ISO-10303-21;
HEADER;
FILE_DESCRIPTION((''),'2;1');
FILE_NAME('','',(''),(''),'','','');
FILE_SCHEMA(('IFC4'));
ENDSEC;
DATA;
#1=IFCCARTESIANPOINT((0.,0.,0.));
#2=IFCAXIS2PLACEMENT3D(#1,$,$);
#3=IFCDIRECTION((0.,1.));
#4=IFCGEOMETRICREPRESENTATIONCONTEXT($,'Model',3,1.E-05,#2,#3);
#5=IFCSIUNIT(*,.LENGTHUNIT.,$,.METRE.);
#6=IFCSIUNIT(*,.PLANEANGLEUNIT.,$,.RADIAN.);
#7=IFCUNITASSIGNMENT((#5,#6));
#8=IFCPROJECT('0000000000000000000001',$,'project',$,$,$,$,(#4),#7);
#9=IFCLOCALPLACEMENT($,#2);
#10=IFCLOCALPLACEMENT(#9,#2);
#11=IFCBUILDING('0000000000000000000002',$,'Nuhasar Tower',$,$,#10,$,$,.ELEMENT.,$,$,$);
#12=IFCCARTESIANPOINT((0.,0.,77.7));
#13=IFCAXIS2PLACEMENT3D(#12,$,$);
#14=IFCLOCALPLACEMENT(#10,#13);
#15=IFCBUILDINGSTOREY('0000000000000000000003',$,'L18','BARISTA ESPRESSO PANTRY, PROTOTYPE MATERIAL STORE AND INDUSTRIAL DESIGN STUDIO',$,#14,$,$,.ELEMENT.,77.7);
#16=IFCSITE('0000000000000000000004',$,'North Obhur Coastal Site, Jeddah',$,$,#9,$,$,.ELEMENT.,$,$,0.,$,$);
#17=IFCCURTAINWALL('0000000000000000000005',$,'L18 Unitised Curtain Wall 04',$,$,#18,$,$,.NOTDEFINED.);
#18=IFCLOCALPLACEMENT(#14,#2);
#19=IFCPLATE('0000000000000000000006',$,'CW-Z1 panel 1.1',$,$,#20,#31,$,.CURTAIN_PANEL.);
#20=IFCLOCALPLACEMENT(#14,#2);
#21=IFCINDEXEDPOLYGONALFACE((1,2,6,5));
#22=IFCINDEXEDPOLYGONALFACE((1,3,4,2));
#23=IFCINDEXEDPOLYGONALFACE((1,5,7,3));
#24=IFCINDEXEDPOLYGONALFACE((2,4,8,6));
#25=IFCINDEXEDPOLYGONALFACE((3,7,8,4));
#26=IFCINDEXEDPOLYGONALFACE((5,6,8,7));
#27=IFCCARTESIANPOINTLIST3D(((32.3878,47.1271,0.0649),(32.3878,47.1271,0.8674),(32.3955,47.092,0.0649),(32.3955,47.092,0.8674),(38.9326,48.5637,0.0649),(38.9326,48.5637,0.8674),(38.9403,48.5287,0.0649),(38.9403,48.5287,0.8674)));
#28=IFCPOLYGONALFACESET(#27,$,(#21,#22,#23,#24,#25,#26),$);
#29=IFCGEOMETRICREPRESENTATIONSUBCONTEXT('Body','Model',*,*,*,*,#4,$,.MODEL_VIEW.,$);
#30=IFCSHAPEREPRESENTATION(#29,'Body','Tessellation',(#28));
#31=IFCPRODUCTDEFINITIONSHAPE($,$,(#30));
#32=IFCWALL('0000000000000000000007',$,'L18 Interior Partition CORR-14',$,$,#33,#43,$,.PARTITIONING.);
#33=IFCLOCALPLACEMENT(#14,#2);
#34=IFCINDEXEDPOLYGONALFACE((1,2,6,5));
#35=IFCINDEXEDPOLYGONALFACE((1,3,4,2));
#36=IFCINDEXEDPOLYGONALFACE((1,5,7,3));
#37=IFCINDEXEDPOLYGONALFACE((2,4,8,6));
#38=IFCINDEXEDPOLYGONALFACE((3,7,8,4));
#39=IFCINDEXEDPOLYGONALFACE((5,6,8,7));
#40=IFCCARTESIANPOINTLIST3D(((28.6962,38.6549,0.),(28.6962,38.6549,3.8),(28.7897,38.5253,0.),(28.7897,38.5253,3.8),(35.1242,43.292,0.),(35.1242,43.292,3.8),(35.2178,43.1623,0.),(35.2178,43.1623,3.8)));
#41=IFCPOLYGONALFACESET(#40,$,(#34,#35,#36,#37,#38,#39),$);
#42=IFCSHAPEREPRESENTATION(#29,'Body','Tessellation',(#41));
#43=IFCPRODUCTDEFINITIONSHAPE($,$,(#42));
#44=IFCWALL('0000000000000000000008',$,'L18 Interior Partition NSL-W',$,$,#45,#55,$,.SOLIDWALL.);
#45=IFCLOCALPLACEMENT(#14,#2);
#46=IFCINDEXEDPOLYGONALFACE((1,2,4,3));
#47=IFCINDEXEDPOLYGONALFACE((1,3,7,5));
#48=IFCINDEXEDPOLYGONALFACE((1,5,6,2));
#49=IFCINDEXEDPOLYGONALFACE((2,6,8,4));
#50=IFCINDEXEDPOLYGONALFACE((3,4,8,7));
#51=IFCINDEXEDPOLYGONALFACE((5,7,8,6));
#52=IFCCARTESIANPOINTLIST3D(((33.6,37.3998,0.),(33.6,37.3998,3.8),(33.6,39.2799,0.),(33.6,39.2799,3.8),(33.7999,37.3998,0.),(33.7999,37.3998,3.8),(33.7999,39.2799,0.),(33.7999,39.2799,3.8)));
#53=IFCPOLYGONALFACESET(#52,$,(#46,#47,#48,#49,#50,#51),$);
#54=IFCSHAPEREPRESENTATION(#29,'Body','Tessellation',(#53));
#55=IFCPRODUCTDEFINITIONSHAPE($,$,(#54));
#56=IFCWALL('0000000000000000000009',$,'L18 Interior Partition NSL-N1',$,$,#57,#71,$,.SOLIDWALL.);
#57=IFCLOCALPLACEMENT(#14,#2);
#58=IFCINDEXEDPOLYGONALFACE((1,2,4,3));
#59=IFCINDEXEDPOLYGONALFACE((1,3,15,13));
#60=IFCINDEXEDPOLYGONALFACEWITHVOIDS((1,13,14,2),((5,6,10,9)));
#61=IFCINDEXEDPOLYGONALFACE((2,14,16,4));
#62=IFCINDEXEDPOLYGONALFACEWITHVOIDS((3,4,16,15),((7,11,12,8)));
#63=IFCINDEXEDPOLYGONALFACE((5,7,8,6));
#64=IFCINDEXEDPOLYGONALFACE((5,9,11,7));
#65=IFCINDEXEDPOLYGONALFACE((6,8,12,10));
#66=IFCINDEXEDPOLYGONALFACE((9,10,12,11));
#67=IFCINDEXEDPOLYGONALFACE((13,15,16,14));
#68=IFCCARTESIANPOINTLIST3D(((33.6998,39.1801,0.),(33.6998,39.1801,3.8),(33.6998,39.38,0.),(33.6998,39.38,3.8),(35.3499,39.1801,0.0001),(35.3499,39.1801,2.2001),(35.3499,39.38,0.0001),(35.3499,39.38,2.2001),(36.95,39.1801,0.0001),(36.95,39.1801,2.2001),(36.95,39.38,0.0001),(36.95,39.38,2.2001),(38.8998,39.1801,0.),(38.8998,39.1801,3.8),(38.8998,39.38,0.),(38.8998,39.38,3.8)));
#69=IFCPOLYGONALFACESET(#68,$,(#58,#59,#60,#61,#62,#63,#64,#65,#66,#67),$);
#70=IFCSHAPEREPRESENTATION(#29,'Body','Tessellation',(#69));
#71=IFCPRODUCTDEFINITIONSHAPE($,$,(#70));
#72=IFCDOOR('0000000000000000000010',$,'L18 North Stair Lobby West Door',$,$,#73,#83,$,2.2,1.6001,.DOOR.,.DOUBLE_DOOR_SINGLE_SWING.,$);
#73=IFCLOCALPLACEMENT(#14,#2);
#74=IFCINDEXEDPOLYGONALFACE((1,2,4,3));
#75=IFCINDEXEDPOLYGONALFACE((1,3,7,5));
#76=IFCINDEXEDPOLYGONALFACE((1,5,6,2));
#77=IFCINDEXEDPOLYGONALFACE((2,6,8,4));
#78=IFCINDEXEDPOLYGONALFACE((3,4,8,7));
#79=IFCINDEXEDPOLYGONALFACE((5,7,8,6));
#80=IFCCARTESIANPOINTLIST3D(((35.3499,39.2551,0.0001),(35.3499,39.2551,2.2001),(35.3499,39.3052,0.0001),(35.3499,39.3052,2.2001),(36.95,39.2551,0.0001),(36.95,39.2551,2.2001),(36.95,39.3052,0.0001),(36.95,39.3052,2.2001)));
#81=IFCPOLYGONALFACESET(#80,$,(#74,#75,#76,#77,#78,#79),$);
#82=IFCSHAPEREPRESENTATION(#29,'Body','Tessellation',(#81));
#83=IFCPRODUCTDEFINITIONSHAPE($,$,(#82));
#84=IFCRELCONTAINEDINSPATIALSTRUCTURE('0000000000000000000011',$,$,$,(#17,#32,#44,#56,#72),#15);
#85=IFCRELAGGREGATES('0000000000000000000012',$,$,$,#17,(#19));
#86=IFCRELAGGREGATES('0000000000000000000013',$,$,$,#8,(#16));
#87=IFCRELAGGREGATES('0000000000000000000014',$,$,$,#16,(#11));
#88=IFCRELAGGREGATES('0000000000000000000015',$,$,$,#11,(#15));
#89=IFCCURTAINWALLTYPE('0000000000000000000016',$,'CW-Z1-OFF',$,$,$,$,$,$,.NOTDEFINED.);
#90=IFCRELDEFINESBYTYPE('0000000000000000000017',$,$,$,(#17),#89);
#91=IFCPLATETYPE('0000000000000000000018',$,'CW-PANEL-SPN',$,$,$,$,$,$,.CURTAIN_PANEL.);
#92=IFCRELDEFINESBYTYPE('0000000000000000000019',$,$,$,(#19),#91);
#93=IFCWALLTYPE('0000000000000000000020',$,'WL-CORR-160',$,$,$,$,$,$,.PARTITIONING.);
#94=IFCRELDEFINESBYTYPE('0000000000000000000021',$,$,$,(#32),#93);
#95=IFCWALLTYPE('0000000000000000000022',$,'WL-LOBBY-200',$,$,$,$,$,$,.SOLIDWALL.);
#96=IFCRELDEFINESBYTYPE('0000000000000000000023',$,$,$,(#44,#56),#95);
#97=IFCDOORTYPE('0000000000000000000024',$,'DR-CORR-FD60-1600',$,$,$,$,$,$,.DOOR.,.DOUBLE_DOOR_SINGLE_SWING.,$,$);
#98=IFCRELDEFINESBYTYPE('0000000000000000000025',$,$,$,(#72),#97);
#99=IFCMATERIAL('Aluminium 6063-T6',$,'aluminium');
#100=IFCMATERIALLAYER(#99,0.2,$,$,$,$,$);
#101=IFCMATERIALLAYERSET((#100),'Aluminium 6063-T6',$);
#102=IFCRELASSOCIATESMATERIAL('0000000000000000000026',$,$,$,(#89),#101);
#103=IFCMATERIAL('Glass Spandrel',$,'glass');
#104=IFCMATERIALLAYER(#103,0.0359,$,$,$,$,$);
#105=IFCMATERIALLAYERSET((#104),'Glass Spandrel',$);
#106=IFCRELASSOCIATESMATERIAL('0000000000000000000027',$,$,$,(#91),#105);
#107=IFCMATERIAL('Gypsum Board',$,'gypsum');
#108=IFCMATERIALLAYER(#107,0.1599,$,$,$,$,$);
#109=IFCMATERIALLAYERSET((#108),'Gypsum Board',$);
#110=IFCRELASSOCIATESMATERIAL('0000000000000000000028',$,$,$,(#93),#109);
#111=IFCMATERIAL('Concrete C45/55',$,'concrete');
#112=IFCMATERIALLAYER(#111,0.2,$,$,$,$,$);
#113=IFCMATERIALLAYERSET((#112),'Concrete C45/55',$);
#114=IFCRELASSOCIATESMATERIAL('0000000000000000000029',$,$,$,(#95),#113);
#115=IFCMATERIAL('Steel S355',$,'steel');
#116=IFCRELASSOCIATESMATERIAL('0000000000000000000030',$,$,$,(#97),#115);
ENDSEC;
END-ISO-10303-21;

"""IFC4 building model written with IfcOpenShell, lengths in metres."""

from ifc_helpers import new_model, si_unit, direction, frame, frame_2d, origin, origin_2d, place, context, subcontext, project, spatial, rectangle, extrude, material, layer, layer_set, type_object, element, fill, aggregate, save


model = new_model("IFC4")

# Units and contexts
model_context = context("Model", 3, precision=1e-05, world=origin(), true_north=direction((0.0, 1.0)))
body_context = subcontext(model_context, "Body", "Model", "MODEL_VIEW")
ifc_project = project(units=[si_unit("LENGTHUNIT", "METRE"), si_unit("PLANEANGLEUNIT", "RADIAN")], contexts=[model_context])

# Site, building, storey
site_placement = place(None, origin())
site = spatial("IfcSite", under=ifc_project, at=site_placement, Name="North Obhur Coastal Site, Jeddah", CompositionType="ELEMENT", RefElevation=0.0)
building_placement = place(site_placement, origin())
building = spatial("IfcBuilding", under=site, at=building_placement, Name="Nuhasar Tower", CompositionType="ELEMENT")
storey_placement = place(building_placement, frame((0.0, 0.0, 77.7)))
storey = spatial("IfcBuildingStorey", under=building, at=storey_placement, Name="L18", Description="BARISTA ESPRESSO PANTRY, PROTOTYPE MATERIAL STORE AND INDUSTRIAL DESIGN STUDIO", CompositionType="ELEMENT", Elevation=77.7)

# Shared definitions
ifc_material_1 = material(Name="Steel S355", Category="steel")

# Curtain wall
ifc_material_2 = material(Name="Aluminium 6063-T6", Category="aluminium")
ifc_layer_1 = layer(ifc_material_2, 0.2)
ifc_layer_set_1 = layer_set([ifc_layer_1], Name="Aluminium 6063-T6")
curtain_wall_type = type_object("IfcCurtainWallType", Name="CW-Z1-OFF", PredefinedType="NOTDEFINED", material=ifc_layer_set_1)
curtain_wall_placement = place(storey_placement, origin())
curtain_wall = element("IfcCurtainWall", 1, at=curtain_wall_placement, inside=storey, type_object=curtain_wall_type, Name="L18 Unitised Curtain Wall 04", PredefinedType="NOTDEFINED")

# Plate
ifc_material_3 = material(Name="Glass Spandrel", Category="glass")
ifc_layer_2 = layer(ifc_material_3, 0.0359)
ifc_layer_set_2 = layer_set([ifc_layer_2], Name="Glass Spandrel")
plate_type_1 = type_object("IfcPlateType", Name="CW-PANEL-SPN", PredefinedType="CURTAIN_PANEL", material=ifc_layer_set_2)
plate_1_placement = place(storey_placement, frame((35.6641, 47.8279, 0.0649), z_axis=(0.0, 0.0, 1.0), x_axis=(-0.976746, -0.214399, 0.0)))
plate_1 = element("IfcPlate", 2, at=plate_1_placement, type_object=plate_type_1, Name="CW-Z1 panel 1.1", PredefinedType="CURTAIN_PANEL", context=body_context, shape_type="SweptSolid", body=[
    extrude(rectangle(XDim=6.7007, YDim=0.0359, at=origin_2d()), origin(), (0.0, 0.0, 1.0), 0.8025),
])
aggregate(curtain_wall, [plate_1])

# Shared definitions
ifc_material_4 = material(Name="Gypsum Board", Category="gypsum")
ifc_layer_3 = layer(ifc_material_4, 0.1599)
ifc_layer_set_3 = layer_set([ifc_layer_3], Name="Gypsum Board")
wall_type_1 = type_object("IfcWallType", Name="WL-CORR-160", PredefinedType="PARTITIONING", material=ifc_layer_set_3)

# Walls
wall_1_placement = place(storey_placement, frame((35.1709, 43.2271, 0.0), z_axis=(0.0, 0.0, 1.0), x_axis=(-0.811006, -0.585037, 0.0)))
element("IfcWall", 3, at=wall_1_placement, inside=storey, type_object=wall_type_1, Name="L18 Interior Partition CORR-14", PredefinedType="PARTITIONING", context=body_context, shape_type="SweptSolid", body=[
    extrude(rectangle(XDim=7.926, YDim=0.1599, at=frame_2d((3.9629, 0.0))), origin(), (0.0, 0.0, 1.0), 3.8),
])
ifc_material_5 = material(Name="Concrete C45/55", Category="concrete")
ifc_layer_4 = layer(ifc_material_5, 0.2)
ifc_layer_set_4 = layer_set([ifc_layer_4], Name="Concrete C45/55")
wall_type_2 = type_object("IfcWallType", Name="WL-LOBBY-200", PredefinedType="SOLIDWALL", material=ifc_layer_set_4)
wall_2_placement = place(storey_placement, frame((33.7, 37.3999, 0.0), z_axis=(0.0, 0.0, 1.0), x_axis=(0.0, 1.0, 0.0)))
element("IfcWall", 4, at=wall_2_placement, inside=storey, type_object=wall_type_2, Name="L18 Interior Partition NSL-W", PredefinedType="SOLIDWALL", context=body_context, shape_type="SweptSolid", body=[
    extrude(rectangle(XDim=1.8801, YDim=0.2, at=frame_2d((0.9399, 0.0))), origin(), (0.0, 0.0, 1.0), 3.8),
])

# Wall, opening, door
wall_3_placement = place(storey_placement, frame((38.8999, 39.28, 0.0), z_axis=(0.0, 0.0, 1.0), x_axis=(-1.0, 0.0, 0.0)))
wall_3 = element("IfcWall", 5, at=wall_3_placement, inside=storey, type_object=wall_type_2, Name="L18 Interior Partition NSL-N1", PredefinedType="SOLIDWALL", context=body_context, shape_type="SweptSolid", body=[
    extrude(rectangle(XDim=5.2, YDim=0.2, at=frame_2d((2.6001, 0.0))), origin(), (0.0, 0.0, 1.0), 3.8),
])
opening_1_placement = place(wall_3_placement, frame((1.95, 0.0, 0.0)))
opening_1 = element("IfcOpeningElement", 6, at=opening_1_placement, cuts=wall_3, PredefinedType="OPENING", context=body_context, shape_type="SweptSolid", body=[
    extrude(rectangle(XDim=1.6001, YDim=2.2, at=frame_2d((0.8, 1.1001))), frame((0.0, 0.1099, 0.0), z_axis=(0.0, -1.0, 0.0), x_axis=(1.0, 0.0, 0.0)), (0.0, 0.0, 1.0), 0.22),
])
door_type_1 = type_object("IfcDoorType", Name="DR-CORR-FD60-1600", OperationType="DOUBLE_DOOR_SINGLE_SWING", PredefinedType="DOOR", material=ifc_material_1)
door_1_placement = place(opening_1_placement, origin())
door_1 = element("IfcDoor", 7, at=door_1_placement, inside=storey, type_object=door_type_1, Name="L18 North Stair Lobby West Door", OperationType="DOUBLE_DOOR_SINGLE_SWING", OverallHeight=2.2, OverallWidth=1.6001, PredefinedType="DOOR", context=body_context, shape_type="SweptSolid", body=[
    extrude(rectangle(XDim=1.6001, YDim=2.2, at=frame_2d((0.8, 1.1001))), frame((0.0, 0.0249, 0.0), z_axis=(0.0, -1.0, 0.0), x_axis=(1.0, 0.0, 0.0)), (0.0, 0.0, 1.0), 0.05),
])
fill(opening_1, door_1)

save(model, "model.ifc")
